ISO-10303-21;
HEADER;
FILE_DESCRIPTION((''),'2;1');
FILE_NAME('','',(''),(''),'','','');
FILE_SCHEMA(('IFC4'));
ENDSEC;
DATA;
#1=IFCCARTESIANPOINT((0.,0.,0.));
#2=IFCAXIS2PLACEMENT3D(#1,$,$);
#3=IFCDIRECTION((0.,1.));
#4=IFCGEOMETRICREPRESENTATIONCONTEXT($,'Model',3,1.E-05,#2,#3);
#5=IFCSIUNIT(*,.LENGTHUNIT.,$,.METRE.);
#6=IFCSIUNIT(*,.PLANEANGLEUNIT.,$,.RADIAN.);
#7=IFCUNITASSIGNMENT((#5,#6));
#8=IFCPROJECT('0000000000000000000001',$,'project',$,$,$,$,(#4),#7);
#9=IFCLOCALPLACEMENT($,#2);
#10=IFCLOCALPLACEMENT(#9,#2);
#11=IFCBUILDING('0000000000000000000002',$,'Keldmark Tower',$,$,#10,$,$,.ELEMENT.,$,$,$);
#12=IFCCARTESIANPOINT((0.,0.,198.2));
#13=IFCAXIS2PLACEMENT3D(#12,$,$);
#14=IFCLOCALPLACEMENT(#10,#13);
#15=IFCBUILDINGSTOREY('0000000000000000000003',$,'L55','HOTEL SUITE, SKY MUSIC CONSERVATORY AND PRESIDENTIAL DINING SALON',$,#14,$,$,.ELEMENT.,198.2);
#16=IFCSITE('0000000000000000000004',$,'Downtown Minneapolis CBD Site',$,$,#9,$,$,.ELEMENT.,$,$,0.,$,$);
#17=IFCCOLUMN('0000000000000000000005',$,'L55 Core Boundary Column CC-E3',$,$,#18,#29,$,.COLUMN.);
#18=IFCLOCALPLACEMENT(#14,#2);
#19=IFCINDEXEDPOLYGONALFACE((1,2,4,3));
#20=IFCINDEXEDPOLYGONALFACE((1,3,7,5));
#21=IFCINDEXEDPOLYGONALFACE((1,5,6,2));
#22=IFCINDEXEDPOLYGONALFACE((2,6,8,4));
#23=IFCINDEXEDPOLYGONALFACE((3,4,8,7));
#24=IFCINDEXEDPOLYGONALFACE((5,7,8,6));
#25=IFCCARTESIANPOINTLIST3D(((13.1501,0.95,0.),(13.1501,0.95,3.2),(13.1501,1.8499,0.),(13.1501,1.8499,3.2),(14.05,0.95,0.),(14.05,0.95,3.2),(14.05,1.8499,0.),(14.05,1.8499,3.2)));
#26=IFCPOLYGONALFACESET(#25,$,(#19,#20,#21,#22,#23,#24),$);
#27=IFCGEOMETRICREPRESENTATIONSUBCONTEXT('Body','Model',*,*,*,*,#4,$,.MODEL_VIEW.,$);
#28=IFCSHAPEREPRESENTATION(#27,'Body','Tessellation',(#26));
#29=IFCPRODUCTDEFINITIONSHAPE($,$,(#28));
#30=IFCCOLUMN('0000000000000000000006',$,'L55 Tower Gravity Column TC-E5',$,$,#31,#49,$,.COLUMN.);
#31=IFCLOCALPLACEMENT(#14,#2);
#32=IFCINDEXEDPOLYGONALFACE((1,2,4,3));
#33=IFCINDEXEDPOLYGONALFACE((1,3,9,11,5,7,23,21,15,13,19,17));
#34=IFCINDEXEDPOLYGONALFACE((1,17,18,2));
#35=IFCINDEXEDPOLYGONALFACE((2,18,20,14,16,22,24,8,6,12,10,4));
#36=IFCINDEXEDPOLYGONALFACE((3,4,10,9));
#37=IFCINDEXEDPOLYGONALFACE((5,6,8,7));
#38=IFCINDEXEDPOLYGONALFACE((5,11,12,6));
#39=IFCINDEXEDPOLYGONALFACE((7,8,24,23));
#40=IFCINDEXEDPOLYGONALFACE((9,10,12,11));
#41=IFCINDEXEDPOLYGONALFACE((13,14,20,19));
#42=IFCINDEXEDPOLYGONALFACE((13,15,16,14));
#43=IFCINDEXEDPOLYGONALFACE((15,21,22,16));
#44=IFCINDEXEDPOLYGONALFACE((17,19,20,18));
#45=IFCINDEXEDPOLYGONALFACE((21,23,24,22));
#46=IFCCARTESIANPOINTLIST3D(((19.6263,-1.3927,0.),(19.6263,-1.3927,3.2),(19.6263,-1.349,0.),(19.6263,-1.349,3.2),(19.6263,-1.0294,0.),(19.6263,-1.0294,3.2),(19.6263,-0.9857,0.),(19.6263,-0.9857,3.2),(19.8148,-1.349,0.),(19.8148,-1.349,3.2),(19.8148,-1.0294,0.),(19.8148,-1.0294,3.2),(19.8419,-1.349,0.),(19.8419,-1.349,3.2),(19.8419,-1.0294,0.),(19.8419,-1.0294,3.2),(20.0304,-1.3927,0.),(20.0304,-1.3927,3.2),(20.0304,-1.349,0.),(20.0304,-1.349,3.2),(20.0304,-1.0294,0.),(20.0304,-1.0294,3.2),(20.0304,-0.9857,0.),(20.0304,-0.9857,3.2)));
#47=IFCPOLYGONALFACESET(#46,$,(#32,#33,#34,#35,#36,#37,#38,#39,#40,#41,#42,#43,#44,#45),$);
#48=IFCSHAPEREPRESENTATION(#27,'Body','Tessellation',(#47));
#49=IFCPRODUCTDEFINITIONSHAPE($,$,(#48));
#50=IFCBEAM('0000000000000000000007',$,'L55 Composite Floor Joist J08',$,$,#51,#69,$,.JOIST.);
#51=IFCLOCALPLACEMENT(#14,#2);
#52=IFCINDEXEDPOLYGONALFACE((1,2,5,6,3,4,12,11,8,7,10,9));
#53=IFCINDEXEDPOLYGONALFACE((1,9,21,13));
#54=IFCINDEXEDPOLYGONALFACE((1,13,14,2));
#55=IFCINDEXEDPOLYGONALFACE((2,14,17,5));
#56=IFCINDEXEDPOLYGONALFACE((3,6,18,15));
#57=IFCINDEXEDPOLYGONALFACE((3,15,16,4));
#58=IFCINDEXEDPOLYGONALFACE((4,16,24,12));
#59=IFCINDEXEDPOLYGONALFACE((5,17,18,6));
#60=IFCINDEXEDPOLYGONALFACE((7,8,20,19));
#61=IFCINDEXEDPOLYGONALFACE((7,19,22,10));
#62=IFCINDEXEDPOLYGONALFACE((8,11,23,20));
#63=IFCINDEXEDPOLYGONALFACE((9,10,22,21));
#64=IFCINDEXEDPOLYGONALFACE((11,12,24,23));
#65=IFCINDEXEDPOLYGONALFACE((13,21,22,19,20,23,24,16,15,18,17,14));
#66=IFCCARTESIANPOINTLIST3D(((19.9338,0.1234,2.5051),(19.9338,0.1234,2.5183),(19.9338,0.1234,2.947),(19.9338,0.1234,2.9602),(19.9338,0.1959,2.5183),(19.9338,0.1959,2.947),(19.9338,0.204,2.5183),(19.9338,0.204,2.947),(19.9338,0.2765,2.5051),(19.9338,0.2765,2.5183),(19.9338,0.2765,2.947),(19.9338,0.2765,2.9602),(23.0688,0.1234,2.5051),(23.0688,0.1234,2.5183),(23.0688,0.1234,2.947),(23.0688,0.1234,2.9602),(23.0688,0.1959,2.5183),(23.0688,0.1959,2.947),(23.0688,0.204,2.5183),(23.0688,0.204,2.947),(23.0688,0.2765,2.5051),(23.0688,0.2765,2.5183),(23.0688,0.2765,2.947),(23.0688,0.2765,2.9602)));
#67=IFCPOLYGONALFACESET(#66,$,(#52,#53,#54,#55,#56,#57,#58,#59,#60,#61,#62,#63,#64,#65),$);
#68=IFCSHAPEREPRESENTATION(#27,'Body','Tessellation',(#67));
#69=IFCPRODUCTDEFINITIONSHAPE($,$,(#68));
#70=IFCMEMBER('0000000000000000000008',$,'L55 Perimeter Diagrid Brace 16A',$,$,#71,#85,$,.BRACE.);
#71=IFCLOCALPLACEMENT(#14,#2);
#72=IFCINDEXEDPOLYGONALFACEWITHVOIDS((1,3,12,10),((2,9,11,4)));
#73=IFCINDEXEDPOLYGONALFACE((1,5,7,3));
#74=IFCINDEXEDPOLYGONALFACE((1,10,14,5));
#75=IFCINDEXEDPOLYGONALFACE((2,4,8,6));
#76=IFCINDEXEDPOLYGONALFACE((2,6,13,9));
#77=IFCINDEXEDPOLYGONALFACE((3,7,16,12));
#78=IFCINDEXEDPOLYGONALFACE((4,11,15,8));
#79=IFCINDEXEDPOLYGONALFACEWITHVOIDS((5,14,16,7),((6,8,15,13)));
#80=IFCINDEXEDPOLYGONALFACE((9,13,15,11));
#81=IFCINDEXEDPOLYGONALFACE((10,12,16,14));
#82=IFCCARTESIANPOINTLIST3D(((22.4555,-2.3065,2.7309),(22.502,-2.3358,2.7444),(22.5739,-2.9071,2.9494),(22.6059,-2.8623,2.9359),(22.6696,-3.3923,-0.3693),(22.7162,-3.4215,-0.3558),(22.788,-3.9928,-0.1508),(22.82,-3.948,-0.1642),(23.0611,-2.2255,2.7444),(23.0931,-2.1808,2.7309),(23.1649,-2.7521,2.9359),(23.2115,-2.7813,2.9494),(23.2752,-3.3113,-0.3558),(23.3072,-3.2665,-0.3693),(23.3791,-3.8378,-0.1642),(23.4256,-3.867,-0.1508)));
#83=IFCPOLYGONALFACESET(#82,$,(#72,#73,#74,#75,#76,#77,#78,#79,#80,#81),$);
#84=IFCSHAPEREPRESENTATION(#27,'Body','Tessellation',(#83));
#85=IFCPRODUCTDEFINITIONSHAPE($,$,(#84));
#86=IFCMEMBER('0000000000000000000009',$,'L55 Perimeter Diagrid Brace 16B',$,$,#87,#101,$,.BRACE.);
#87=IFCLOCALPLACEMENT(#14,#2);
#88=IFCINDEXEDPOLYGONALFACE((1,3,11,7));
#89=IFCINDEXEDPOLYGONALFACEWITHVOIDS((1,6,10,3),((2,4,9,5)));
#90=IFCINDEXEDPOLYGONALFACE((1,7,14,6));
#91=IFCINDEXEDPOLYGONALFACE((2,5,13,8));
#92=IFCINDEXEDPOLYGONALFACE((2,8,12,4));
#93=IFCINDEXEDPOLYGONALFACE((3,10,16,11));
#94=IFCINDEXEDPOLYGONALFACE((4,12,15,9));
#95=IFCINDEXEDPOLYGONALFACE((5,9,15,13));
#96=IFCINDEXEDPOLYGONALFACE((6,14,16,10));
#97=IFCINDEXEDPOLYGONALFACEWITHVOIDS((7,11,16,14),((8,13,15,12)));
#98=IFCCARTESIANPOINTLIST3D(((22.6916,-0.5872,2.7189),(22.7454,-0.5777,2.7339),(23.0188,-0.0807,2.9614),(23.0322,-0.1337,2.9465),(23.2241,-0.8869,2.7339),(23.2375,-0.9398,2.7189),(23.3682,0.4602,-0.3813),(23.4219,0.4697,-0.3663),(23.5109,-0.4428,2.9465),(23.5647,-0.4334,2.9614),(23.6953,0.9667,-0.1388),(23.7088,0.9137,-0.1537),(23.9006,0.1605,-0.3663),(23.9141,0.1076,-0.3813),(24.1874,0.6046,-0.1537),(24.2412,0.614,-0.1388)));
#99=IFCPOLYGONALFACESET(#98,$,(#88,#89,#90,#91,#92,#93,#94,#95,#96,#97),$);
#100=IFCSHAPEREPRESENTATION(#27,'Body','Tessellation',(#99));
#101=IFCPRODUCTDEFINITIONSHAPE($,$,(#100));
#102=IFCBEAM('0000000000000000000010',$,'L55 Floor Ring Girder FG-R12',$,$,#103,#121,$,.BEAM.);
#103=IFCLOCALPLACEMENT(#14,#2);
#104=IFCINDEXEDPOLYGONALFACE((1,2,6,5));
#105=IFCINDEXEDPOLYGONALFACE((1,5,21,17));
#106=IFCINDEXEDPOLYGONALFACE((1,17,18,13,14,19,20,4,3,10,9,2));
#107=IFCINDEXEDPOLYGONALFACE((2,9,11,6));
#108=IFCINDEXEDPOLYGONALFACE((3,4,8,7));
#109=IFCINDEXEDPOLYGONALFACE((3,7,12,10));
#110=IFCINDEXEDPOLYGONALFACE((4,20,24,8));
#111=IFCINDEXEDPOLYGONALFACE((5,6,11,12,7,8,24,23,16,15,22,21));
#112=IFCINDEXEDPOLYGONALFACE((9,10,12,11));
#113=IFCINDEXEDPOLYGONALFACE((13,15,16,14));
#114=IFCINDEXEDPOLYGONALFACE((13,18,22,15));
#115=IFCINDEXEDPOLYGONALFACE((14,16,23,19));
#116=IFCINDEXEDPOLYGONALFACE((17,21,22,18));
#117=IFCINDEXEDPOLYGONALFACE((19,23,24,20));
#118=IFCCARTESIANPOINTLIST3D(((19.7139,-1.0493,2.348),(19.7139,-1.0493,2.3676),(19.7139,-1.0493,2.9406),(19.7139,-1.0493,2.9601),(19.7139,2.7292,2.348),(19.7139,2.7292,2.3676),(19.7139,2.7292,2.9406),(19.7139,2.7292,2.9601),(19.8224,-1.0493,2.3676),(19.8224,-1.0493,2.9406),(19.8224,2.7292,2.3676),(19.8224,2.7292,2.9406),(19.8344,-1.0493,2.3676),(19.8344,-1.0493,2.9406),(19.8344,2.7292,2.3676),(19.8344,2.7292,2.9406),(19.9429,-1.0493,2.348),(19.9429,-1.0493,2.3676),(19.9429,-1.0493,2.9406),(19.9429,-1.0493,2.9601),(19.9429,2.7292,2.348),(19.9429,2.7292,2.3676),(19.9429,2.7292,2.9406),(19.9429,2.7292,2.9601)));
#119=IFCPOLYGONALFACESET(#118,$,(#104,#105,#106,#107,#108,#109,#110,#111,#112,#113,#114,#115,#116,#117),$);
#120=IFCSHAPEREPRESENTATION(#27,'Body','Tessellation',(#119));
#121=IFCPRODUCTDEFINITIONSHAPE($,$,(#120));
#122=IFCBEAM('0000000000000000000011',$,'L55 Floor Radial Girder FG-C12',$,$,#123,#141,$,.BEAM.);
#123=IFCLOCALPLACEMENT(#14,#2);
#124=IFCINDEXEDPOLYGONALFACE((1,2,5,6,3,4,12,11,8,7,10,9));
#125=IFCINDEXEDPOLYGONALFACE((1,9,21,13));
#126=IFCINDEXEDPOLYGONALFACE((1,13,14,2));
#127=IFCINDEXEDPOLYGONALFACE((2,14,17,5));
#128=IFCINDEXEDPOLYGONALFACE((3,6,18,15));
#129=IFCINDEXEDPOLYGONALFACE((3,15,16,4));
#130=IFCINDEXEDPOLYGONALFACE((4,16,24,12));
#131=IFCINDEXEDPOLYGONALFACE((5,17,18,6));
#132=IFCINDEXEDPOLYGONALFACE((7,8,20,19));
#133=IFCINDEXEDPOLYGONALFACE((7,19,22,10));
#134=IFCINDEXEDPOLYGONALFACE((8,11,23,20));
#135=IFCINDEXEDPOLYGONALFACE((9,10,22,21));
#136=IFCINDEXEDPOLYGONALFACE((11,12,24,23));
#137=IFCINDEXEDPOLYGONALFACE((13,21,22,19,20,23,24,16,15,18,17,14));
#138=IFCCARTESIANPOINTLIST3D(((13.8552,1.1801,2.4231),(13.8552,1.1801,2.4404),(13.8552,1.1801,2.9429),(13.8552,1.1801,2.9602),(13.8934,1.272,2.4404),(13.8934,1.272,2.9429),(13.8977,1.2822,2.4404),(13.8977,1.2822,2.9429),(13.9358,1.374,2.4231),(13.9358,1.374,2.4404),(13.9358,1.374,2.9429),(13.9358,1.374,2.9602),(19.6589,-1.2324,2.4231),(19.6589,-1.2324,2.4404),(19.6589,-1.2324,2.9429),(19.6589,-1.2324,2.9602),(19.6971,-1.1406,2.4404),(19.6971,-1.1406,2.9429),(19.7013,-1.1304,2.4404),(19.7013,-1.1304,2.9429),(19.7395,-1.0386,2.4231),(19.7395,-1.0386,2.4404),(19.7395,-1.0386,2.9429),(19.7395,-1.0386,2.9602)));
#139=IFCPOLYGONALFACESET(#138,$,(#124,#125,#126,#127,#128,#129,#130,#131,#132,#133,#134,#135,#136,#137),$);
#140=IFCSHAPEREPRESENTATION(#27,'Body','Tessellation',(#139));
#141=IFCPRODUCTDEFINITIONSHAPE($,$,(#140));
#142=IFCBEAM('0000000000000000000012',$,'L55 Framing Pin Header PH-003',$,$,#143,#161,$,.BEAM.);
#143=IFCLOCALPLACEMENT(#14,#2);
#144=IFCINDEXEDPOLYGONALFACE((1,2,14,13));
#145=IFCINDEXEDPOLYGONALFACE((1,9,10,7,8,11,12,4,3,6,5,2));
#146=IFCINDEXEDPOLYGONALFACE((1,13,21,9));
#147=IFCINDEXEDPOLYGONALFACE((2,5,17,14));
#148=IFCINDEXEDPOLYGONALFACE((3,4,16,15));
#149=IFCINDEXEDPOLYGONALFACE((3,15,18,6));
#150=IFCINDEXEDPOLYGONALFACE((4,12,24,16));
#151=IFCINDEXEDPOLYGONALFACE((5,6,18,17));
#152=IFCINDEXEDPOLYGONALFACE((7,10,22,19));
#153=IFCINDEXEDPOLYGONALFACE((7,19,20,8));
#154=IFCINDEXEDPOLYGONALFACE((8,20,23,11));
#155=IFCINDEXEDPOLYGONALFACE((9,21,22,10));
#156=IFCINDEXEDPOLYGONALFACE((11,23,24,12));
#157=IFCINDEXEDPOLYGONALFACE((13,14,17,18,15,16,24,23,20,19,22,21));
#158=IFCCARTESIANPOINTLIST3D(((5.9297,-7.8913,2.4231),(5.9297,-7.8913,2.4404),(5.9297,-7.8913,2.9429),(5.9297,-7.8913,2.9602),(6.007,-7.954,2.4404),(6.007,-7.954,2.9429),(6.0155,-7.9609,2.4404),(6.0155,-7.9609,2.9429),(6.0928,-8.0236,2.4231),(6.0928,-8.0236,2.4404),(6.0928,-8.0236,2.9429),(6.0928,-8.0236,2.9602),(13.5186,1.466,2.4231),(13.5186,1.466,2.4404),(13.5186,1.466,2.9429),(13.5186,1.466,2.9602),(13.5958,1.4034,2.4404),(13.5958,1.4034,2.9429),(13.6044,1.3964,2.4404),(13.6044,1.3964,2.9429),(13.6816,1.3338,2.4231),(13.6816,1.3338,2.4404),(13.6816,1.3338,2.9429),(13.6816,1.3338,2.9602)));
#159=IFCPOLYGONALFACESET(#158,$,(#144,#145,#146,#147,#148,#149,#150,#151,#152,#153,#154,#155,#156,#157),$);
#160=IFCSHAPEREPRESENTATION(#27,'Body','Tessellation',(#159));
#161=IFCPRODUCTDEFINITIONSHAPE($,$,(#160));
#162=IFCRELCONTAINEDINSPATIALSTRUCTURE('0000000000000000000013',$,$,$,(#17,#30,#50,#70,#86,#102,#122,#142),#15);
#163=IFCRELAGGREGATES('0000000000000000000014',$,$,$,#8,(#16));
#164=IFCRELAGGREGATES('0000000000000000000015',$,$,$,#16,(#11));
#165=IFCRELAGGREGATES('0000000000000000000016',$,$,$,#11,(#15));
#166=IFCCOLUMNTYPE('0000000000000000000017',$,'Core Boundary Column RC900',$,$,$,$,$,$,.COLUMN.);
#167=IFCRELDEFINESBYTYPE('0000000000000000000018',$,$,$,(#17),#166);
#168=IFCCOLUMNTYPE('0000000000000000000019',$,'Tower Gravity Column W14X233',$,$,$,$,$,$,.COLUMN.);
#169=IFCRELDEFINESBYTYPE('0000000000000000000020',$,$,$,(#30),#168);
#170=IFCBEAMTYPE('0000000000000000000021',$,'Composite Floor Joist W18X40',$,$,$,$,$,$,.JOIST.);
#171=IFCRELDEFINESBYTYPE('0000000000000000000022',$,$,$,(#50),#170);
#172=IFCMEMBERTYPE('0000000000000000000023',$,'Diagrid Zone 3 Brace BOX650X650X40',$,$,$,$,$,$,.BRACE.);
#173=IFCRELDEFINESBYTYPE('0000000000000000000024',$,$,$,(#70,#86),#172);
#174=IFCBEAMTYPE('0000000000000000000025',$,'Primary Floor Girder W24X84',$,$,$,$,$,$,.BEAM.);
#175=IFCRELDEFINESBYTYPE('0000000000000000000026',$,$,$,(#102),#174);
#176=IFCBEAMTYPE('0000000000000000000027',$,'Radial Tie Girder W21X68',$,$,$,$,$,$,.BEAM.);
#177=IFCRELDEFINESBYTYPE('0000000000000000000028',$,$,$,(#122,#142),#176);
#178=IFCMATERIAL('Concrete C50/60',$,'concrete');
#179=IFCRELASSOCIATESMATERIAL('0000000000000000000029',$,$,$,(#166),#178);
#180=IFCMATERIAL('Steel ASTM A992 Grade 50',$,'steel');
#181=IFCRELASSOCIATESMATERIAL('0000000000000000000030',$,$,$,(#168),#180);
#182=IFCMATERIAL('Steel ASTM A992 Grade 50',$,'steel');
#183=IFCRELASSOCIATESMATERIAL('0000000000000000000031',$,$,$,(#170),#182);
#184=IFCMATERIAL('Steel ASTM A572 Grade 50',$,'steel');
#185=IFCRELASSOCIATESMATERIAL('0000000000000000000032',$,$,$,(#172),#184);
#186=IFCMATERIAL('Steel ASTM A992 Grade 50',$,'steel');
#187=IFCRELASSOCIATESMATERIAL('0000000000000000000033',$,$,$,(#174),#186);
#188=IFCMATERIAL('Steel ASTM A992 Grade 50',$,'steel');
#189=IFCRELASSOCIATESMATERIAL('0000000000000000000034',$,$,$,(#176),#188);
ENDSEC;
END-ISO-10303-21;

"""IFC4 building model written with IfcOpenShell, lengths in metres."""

from ifc_helpers import new_model, si_unit, direction, frame, origin, origin_2d, place, context, subcontext, project, spatial, rectangle, hollow_rectangle, i_section, extrude, material, material_profile, profile_set, type_object, element, save


model = new_model("IFC4")

# Units and contexts
model_context = context("Model", 3, precision=1e-05, world=origin(), true_north=direction((0.0, 1.0)))
body_context = subcontext(model_context, "Body", "Model", "MODEL_VIEW")
ifc_project = project(units=[si_unit("LENGTHUNIT", "METRE"), si_unit("PLANEANGLEUNIT", "RADIAN")], contexts=[model_context])

# Site, building, storey
site_placement = place(None, origin())
site = spatial("IfcSite", under=ifc_project, at=site_placement, Name="Downtown Minneapolis CBD Site", CompositionType="ELEMENT", RefElevation=0.0)
building_placement = place(site_placement, origin())
building = spatial("IfcBuilding", under=site, at=building_placement, Name="Keldmark Tower", CompositionType="ELEMENT")
storey_placement = place(building_placement, frame((0.0, 0.0, 198.2)))
storey = spatial("IfcBuildingStorey", under=building, at=storey_placement, Name="L55", Description="HOTEL SUITE, SKY MUSIC CONSERVATORY AND PRESIDENTIAL DINING SALON", CompositionType="ELEMENT", Elevation=198.2)

# Columns
ifc_material_1 = material(Name="Concrete C50/60", Category="concrete")
ifc_material_profile_1 = material_profile(ifc_material_1, rectangle(XDim=0.8999, YDim=0.8999, at=origin_2d()), Name="RC900X900")
ifc_profile_set_1 = profile_set([ifc_material_profile_1], Name="Concrete C50/60")
column_type_1 = type_object("IfcColumnType", Name="Core Boundary Column RC900", PredefinedType="COLUMN", material=ifc_profile_set_1)
column_1_placement = place(storey_placement, frame((13.6001, 1.3999, 0.0), z_axis=(0.0, 0.0, 1.0), x_axis=(1.0, 0.0, 0.0)))
element("IfcColumn", 1, at=column_1_placement, inside=storey, type_object=column_type_1, Name="L55 Core Boundary Column CC-E3", PredefinedType="COLUMN", context=body_context, shape_type="SweptSolid", body=[
    extrude(rectangle(XDim=0.8999, YDim=0.8999, at=origin_2d()), origin(), (0.0, 0.0, 1.0), 3.2),
])
ifc_material_2 = material(Name="Steel ASTM A992 Grade 50", Category="steel")
ifc_material_profile_2 = material_profile(ifc_material_2, i_section(OverallWidth=0.4041, OverallDepth=0.407, WebThickness=0.0271, FlangeThickness=0.0437, at=origin_2d()), Name="W14X233")
ifc_profile_set_2 = profile_set([ifc_material_profile_2], Name="Steel ASTM A992 Grade 50")
column_type_2 = type_object("IfcColumnType", Name="Tower Gravity Column W14X233", PredefinedType="COLUMN", material=ifc_profile_set_2)
column_2_placement = place(storey_placement, frame((19.8284, -1.1892, 0.0), z_axis=(0.0, 0.0, 1.0), x_axis=(1.0, 0.0, 0.0)))
element("IfcColumn", 2, at=column_2_placement, inside=storey, type_object=column_type_2, Name="L55 Tower Gravity Column TC-E5", PredefinedType="COLUMN", context=body_context, shape_type="SweptSolid", body=[
    extrude(i_section(OverallWidth=0.4041, OverallDepth=0.407, WebThickness=0.0271, FlangeThickness=0.0437, at=origin_2d()), origin(), (0.0, 0.0, 1.0), 3.2),
])

# Beam
ifc_material_3 = material(Name="Steel ASTM A992 Grade 50", Category="steel")
ifc_material_profile_3 = material_profile(ifc_material_3, i_section(OverallWidth=0.1531, OverallDepth=0.4551, WebThickness=0.0081, FlangeThickness=0.0132, at=origin_2d()), Name="W18X40")
ifc_profile_set_3 = profile_set([ifc_material_profile_3], Name="Steel ASTM A992 Grade 50")
beam_type_1 = type_object("IfcBeamType", Name="Composite Floor Joist W18X40", PredefinedType="JOIST", material=ifc_profile_set_3)
beam_1_placement = place(storey_placement, frame((19.9338, 0.2, 2.7327), z_axis=(1.0, 0.0, 0.0), x_axis=(0.0, 1.0, 0.0)))
element("IfcBeam", 3, at=beam_1_placement, inside=storey, type_object=beam_type_1, Name="L55 Composite Floor Joist J08", PredefinedType="JOIST", context=body_context, shape_type="SweptSolid", body=[
    extrude(i_section(OverallWidth=0.1531, OverallDepth=0.4551, WebThickness=0.0081, FlangeThickness=0.0132, at=origin_2d()), origin(), (0.0, 0.0, 1.0), 3.135),
])

# Members
ifc_material_4 = material(Name="Steel ASTM A572 Grade 50", Category="steel")
ifc_material_profile_4 = material_profile(ifc_material_4, hollow_rectangle(XDim=0.6499, YDim=0.6499, WallThickness=0.04, at=origin_2d()), Name="BOX650X650X40")
ifc_profile_set_4 = profile_set([ifc_material_profile_4], Name="Steel ASTM A572 Grade 50")
member_type = type_object("IfcMemberType", Name="Diagrid Zone 3 Brace BOX650X650X40", PredefinedType="BRACE", material=ifc_profile_set_4)
member_1_placement = place(storey_placement, frame((23.0476, -3.6296, -0.26), z_axis=(-0.065046, 0.329829, 0.941797), x_axis=(-0.981103, -0.193485, 0.0)))
element("IfcMember", 4, at=member_1_placement, inside=storey, type_object=member_type, Name="L55 Perimeter Diagrid Brace 16A", PredefinedType="BRACE", context=body_context, shape_type="SweptSolid", body=[
    extrude(hollow_rectangle(XDim=0.6499, YDim=0.6499, WallThickness=0.04, at=origin_2d()), origin(), (0.0, 0.0, 1.0), 3.2917),
])
member_2_placement = place(storey_placement, frame((23.8047, 0.5371, -0.26), z_axis=(-0.202461, -0.313446, 0.927772), x_axis=(0.840006, -0.542577, 0.0)))
element("IfcMember", 5, at=member_2_placement, inside=storey, type_object=member_type, Name="L55 Perimeter Diagrid Brace 16B", PredefinedType="BRACE", context=body_context, shape_type="SweptSolid", body=[
    extrude(hollow_rectangle(XDim=0.6499, YDim=0.6499, WallThickness=0.04, at=origin_2d()), origin(), (0.0, 0.0, 1.0), 3.3416),
])

# Beams
ifc_material_5 = material(Name="Steel ASTM A992 Grade 50", Category="steel")
ifc_material_profile_5 = material_profile(ifc_material_5, i_section(OverallWidth=0.229, OverallDepth=0.6121, WebThickness=0.012, FlangeThickness=0.0195, at=origin_2d()), Name="W24X84")
ifc_profile_set_5 = profile_set([ifc_material_profile_5], Name="Steel ASTM A992 Grade 50")
beam_type_2 = type_object("IfcBeamType", Name="Primary Floor Girder W24X84", PredefinedType="BEAM", material=ifc_profile_set_5)
beam_2_placement = place(storey_placement, frame((19.8284, -1.0493, 2.6541), z_axis=(0.0, 1.0, 0.0), x_axis=(-1.0, 0.0, 0.0)))
element("IfcBeam", 6, at=beam_2_placement, inside=storey, type_object=beam_type_2, Name="L55 Floor Ring Girder FG-R12", PredefinedType="BEAM", context=body_context, shape_type="SweptSolid", body=[
    extrude(i_section(OverallWidth=0.229, OverallDepth=0.6121, WebThickness=0.012, FlangeThickness=0.0195, at=origin_2d()), origin(), (0.0, 0.0, 1.0), 3.7786),
])
ifc_material_6 = material(Name="Steel ASTM A992 Grade 50", Category="steel")
ifc_material_profile_6 = material_profile(ifc_material_6, i_section(OverallWidth=0.21, OverallDepth=0.5371, WebThickness=0.011, FlangeThickness=0.0173, at=origin_2d()), Name="W21X68")
ifc_profile_set_6 = profile_set([ifc_material_profile_6], Name="Steel ASTM A992 Grade 50")
beam_type_3 = type_object("IfcBeamType", Name="Radial Tie Girder W21X68", PredefinedType="BEAM", material=ifc_profile_set_6)
beam_3_placement = place(storey_placement, frame((19.6992, -1.1355, 2.6917), z_axis=(-0.923394, 0.383854, 0.0), x_axis=(-0.383854, -0.923394, 0.0)))
element("IfcBeam", 7, at=beam_3_placement, inside=storey, type_object=beam_type_3, Name="L55 Floor Radial Girder FG-C12", PredefinedType="BEAM", context=body_context, shape_type="SweptSolid", body=[
    extrude(i_section(OverallWidth=0.21, OverallDepth=0.5371, WebThickness=0.011, FlangeThickness=0.0173, at=origin_2d()), origin(), (0.0, 0.0, 1.0), 6.2852),
])
beam_4_placement = place(storey_placement, frame((13.6001, 1.3999, 2.6917), z_axis=(-0.629891, -0.776684, 0.0), x_axis=(0.776684, -0.629891, 0.0)))
element("IfcBeam", 8, at=beam_4_placement, inside=storey, type_object=beam_type_3, Name="L55 Framing Pin Header PH-003", PredefinedType="BEAM", context=body_context, shape_type="SweptSolid", body=[
    extrude(i_section(OverallWidth=0.21, OverallDepth=0.5371, WebThickness=0.011, FlangeThickness=0.0173, at=origin_2d()), origin(), (0.0, 0.0, 1.0), 12.0479),
])

save(model, "model.ifc")
